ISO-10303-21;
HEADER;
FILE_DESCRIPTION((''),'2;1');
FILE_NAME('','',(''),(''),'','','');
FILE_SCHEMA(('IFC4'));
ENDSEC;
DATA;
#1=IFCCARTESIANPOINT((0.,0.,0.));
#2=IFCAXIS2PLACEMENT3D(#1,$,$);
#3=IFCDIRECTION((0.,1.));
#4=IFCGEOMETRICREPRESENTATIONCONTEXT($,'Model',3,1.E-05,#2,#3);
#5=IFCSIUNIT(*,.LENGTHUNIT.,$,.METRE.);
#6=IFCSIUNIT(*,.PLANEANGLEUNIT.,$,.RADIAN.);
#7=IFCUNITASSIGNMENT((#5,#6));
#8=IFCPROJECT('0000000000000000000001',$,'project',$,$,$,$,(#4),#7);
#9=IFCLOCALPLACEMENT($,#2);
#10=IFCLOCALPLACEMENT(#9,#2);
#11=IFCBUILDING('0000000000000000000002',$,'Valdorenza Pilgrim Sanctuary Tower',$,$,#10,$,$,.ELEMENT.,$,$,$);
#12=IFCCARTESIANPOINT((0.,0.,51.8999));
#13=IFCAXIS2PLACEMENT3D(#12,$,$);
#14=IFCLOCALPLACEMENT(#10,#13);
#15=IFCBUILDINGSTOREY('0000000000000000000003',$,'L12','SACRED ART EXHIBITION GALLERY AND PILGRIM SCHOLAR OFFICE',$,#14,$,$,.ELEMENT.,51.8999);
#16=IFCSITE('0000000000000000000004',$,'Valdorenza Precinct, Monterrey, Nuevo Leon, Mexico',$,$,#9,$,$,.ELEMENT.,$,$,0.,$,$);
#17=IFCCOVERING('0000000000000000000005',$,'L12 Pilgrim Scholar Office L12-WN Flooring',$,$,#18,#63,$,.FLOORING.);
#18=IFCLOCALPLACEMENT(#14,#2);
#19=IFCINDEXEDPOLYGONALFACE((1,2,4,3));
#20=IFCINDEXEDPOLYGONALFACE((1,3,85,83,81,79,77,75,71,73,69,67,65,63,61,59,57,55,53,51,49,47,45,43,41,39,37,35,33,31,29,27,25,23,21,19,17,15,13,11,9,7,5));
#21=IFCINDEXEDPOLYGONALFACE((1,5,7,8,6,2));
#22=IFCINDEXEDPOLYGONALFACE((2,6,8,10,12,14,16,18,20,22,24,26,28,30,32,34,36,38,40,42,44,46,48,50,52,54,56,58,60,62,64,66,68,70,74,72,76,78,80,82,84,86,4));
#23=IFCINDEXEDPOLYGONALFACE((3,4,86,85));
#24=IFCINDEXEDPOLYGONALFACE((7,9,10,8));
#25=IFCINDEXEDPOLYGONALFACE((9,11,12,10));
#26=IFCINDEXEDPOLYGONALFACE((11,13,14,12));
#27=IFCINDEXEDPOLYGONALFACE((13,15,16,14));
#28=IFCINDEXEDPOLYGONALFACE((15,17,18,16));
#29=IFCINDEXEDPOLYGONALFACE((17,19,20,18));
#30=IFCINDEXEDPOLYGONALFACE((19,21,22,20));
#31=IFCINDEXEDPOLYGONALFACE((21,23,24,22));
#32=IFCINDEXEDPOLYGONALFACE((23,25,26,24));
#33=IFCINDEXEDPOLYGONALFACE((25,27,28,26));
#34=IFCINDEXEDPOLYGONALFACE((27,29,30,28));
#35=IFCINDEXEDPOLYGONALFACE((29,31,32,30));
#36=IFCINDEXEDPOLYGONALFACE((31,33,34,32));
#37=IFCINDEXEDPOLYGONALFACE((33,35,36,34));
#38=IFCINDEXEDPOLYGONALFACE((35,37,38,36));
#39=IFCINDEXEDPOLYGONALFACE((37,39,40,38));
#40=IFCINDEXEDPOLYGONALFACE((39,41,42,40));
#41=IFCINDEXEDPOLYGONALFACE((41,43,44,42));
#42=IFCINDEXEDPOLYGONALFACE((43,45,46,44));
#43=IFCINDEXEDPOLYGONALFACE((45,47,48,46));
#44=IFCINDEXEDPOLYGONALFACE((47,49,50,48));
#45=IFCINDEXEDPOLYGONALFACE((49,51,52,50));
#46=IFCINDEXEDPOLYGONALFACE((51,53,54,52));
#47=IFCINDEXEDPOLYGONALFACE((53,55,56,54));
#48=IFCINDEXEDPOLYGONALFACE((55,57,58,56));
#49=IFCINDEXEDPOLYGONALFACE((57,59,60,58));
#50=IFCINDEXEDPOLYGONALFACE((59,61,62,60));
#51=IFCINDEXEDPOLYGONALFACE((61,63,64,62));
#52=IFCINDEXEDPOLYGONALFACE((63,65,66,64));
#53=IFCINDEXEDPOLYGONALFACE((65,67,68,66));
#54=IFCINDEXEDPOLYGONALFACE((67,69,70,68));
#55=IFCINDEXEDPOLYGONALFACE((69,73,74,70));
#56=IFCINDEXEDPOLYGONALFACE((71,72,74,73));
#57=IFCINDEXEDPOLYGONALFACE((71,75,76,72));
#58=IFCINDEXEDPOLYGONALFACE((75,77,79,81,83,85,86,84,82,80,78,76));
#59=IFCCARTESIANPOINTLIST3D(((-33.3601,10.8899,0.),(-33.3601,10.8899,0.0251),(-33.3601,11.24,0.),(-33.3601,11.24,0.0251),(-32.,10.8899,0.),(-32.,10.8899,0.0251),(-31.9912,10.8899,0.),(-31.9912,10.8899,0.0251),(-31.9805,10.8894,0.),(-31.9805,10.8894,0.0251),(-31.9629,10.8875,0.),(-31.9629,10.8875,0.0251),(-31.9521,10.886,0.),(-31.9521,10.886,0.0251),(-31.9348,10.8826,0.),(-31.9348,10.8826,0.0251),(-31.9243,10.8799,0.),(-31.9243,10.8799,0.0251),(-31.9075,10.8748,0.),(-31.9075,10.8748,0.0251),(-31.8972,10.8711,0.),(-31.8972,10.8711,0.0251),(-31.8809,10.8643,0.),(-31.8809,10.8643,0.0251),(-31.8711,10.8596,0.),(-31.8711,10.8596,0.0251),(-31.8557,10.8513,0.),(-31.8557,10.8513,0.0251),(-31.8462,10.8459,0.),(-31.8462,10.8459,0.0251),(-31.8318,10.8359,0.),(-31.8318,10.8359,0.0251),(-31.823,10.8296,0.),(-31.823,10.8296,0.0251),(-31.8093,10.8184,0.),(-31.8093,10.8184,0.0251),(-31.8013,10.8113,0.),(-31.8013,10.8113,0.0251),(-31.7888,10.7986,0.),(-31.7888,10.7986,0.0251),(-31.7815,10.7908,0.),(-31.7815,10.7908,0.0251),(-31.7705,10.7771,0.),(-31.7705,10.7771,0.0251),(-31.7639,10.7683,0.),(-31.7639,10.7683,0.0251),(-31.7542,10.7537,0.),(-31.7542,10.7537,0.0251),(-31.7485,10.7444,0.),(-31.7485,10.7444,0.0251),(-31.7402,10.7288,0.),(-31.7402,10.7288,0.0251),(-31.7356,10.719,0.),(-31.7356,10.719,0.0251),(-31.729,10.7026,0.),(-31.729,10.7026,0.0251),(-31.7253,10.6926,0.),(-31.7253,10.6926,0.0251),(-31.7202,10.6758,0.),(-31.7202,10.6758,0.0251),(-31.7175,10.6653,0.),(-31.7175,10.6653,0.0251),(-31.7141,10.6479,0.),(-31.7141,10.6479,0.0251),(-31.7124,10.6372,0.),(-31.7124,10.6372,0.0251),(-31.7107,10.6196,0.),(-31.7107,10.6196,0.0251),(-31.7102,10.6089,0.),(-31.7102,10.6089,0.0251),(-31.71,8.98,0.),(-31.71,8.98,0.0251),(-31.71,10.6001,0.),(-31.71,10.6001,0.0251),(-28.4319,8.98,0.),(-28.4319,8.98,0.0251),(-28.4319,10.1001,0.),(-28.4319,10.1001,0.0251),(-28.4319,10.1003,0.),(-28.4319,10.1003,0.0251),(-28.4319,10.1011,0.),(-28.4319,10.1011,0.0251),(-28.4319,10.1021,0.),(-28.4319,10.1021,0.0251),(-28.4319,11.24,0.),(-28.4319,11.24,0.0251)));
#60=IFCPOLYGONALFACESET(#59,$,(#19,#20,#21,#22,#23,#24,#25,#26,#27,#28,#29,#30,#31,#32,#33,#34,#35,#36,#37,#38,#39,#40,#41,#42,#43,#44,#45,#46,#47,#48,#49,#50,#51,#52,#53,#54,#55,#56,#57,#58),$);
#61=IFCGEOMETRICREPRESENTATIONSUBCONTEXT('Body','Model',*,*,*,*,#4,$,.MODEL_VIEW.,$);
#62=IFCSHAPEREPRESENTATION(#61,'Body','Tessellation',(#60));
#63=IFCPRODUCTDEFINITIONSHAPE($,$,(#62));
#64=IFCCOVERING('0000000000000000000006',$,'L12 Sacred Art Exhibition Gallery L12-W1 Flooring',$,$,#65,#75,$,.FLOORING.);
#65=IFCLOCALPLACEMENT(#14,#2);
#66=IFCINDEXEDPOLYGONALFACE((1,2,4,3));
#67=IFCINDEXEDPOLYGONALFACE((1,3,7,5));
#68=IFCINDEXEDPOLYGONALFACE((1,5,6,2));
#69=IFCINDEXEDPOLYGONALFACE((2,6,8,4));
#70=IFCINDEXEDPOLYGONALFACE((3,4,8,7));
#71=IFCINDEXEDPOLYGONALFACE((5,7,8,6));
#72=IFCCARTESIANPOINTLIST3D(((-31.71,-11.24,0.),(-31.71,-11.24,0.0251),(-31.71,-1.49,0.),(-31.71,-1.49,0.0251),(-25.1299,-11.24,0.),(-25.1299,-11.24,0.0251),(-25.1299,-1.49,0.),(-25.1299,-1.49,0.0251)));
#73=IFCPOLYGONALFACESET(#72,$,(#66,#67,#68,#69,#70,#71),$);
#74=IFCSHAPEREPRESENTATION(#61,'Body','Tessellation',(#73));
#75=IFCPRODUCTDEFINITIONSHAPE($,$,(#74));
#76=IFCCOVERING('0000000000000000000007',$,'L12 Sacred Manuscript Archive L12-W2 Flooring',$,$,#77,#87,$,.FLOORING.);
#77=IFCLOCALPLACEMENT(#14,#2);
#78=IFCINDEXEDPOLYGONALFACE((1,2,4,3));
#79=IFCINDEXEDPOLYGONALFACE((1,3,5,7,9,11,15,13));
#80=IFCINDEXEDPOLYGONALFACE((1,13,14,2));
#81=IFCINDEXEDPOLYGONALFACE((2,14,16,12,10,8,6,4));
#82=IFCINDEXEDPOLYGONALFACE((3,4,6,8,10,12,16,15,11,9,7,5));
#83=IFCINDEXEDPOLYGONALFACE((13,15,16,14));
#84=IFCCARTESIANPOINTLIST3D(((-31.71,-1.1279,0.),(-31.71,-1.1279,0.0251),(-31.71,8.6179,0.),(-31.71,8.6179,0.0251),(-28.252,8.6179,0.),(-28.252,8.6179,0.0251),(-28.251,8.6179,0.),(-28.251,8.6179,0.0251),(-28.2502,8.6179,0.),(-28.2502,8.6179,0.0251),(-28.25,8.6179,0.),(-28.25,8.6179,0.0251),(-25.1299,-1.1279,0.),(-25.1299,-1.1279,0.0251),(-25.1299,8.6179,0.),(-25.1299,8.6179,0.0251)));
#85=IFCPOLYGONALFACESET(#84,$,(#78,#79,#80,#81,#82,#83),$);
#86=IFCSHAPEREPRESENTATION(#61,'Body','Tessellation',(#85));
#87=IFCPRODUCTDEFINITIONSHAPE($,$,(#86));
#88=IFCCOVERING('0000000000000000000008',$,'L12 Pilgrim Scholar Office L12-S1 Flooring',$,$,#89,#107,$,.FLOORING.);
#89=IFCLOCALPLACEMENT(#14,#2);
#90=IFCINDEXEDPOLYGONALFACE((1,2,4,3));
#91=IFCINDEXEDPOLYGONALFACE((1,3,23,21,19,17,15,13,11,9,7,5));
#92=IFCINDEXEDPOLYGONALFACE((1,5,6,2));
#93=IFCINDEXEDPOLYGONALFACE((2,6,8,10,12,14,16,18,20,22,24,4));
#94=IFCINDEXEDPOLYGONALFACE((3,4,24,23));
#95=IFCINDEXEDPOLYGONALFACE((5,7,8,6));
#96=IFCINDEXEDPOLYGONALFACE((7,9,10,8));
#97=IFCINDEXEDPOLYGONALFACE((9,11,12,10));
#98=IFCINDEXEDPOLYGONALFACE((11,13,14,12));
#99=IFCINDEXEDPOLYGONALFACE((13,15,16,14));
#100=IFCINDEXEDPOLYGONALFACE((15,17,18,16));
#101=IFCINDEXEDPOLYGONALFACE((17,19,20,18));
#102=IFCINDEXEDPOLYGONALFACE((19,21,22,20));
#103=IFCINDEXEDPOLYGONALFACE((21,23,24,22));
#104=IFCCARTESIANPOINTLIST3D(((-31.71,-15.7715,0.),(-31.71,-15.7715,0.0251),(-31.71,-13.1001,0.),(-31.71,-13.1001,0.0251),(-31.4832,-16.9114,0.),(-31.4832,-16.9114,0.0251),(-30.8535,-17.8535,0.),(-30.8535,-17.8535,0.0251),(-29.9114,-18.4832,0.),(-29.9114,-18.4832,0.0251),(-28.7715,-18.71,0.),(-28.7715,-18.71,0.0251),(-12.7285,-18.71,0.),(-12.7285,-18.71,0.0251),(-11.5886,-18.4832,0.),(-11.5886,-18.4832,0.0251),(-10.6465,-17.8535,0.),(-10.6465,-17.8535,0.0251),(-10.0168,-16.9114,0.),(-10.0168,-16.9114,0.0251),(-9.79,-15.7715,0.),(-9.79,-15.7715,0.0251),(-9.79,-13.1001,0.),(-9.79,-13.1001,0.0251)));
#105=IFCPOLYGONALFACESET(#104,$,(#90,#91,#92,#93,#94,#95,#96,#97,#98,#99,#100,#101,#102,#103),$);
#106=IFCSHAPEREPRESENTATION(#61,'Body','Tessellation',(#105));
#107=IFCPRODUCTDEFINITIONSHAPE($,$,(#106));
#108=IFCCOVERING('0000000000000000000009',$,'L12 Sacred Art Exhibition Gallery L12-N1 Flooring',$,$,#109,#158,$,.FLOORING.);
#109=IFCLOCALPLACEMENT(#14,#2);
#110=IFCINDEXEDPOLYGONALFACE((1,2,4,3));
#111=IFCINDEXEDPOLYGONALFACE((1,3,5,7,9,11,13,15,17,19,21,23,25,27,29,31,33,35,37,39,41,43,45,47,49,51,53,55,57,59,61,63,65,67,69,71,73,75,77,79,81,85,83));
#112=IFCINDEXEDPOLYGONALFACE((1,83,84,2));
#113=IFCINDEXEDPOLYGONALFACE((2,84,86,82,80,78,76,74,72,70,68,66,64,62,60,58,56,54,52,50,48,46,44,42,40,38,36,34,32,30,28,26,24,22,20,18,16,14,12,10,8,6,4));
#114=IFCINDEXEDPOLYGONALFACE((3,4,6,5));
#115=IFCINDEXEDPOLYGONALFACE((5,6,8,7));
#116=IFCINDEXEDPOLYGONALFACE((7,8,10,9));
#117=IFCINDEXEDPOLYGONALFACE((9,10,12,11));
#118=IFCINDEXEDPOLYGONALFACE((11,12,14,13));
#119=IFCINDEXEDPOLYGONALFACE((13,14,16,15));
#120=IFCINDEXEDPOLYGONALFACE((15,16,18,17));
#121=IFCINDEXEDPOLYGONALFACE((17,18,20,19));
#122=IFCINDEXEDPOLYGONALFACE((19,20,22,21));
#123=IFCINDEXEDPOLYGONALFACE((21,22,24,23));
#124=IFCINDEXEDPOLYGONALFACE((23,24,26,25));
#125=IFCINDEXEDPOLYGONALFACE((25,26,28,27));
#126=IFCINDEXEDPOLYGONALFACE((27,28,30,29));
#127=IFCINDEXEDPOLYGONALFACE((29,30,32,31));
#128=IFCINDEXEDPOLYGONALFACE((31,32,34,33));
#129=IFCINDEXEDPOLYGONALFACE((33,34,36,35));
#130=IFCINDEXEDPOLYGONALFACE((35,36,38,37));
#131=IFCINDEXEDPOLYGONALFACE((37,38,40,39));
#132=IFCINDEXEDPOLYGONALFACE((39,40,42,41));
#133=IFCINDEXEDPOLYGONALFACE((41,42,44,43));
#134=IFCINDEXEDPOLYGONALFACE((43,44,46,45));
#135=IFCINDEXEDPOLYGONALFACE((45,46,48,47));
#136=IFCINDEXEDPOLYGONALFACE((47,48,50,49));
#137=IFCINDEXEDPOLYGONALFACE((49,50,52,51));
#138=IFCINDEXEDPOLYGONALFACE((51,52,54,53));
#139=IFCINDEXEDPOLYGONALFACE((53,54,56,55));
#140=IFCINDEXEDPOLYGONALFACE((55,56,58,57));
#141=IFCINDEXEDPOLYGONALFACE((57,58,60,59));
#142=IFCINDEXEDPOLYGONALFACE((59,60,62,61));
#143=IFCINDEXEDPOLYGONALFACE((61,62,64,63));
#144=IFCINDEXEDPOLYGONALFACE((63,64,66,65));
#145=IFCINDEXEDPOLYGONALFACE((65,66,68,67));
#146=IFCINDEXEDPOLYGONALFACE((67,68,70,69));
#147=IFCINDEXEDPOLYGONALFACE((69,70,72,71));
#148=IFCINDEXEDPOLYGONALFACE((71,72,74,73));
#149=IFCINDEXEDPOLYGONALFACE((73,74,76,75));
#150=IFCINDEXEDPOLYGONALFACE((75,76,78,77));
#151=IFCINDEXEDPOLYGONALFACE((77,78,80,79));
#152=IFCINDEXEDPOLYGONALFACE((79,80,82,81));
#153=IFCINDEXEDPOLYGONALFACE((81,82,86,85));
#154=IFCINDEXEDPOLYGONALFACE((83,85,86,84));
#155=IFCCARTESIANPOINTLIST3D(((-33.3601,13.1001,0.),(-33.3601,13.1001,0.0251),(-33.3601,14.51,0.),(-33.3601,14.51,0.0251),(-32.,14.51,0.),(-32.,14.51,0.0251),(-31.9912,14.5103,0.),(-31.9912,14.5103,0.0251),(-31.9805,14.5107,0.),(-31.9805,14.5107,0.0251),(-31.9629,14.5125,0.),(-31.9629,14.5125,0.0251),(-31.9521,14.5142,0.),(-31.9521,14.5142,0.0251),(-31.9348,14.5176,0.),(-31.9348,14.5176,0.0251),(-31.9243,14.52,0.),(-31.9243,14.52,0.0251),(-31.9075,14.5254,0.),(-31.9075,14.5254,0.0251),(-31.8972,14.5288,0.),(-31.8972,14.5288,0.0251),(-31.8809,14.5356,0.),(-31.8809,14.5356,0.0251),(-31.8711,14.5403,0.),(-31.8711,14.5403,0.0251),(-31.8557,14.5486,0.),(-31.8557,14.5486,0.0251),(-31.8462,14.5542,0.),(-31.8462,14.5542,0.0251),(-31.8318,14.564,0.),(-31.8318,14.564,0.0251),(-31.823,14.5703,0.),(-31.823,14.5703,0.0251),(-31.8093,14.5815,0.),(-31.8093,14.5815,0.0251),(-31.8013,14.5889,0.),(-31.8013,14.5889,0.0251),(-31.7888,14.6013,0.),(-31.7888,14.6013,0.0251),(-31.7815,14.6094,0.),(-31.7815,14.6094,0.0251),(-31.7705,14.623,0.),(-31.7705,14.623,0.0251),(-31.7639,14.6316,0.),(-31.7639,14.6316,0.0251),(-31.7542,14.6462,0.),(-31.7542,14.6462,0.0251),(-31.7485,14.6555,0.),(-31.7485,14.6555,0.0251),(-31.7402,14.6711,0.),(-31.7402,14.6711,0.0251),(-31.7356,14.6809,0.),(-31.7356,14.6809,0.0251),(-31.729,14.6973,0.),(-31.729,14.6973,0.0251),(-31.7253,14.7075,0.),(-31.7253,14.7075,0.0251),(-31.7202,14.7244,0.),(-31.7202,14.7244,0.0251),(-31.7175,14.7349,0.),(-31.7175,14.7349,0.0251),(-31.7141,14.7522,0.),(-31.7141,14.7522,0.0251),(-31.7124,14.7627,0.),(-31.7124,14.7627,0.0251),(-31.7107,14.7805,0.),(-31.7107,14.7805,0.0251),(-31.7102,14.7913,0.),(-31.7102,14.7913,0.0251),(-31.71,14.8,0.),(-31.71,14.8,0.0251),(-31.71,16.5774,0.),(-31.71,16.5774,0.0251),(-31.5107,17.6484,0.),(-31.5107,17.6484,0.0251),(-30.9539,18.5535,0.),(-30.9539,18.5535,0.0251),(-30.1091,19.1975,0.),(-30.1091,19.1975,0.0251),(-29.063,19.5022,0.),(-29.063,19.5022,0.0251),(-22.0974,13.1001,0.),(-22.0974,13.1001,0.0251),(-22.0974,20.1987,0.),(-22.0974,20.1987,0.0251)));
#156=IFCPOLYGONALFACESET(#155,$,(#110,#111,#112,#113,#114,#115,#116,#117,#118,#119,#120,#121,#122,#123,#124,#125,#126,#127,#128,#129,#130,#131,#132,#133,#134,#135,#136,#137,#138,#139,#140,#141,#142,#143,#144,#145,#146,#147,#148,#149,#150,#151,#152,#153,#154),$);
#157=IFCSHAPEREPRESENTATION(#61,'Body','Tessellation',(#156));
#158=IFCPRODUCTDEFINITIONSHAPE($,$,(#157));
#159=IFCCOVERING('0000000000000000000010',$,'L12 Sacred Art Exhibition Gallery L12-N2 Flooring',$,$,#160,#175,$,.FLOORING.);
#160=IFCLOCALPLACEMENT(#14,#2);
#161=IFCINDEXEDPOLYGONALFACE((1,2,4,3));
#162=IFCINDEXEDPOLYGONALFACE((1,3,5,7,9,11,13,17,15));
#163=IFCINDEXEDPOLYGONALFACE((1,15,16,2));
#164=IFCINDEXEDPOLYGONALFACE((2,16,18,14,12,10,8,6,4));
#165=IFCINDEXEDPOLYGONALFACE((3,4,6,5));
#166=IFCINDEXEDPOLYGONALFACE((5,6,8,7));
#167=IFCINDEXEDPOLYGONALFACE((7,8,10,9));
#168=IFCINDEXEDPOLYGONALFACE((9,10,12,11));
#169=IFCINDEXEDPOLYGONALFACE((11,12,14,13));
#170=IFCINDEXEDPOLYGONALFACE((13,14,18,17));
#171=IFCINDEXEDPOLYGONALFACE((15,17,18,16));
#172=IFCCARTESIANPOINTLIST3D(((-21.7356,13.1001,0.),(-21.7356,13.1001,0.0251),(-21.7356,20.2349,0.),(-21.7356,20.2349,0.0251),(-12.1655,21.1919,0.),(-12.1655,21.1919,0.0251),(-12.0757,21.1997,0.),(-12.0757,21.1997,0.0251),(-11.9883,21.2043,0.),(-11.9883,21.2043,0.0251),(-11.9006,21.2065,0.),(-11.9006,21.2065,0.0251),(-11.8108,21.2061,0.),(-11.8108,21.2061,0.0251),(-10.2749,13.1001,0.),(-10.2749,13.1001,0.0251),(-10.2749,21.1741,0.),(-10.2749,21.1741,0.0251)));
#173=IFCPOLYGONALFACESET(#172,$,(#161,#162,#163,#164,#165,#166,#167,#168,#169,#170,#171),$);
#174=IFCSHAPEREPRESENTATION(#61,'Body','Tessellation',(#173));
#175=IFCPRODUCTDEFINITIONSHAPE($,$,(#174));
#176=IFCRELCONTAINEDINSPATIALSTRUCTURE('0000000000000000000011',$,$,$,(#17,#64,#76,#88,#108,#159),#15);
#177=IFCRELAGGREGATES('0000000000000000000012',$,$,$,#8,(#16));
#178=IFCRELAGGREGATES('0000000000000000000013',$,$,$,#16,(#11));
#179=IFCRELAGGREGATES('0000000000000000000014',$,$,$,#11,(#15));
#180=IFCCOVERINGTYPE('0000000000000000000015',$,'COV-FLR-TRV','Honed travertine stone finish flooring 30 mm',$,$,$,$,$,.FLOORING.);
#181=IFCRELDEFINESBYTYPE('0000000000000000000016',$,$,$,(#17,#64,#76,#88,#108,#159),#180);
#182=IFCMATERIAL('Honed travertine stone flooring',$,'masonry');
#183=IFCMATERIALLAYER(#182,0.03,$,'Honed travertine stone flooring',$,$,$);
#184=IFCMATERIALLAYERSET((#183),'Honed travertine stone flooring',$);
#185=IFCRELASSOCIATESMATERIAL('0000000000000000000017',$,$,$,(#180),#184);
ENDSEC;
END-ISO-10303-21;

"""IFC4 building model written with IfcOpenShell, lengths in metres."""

from ifc_helpers import new_model, si_unit, direction, frame, origin, place, context, subcontext, project, spatial, polyline, outline, extrude, material, layer, layer_set, type_object, element, save


model = new_model("IFC4")

# Units and contexts
model_context = context("Model", 3, precision=1e-05, world=origin(), true_north=direction((0.0, 1.0)))
body_context = subcontext(model_context, "Body", "Model", "MODEL_VIEW")
ifc_project = project(units=[si_unit("LENGTHUNIT", "METRE"), si_unit("PLANEANGLEUNIT", "RADIAN")], contexts=[model_context])

# Site, building, storey
site_placement = place(None, origin())
site = spatial("IfcSite", under=ifc_project, at=site_placement, Name="Valdorenza Precinct, Monterrey, Nuevo Leon, Mexico", CompositionType="ELEMENT", RefElevation=0.0)
building_placement = place(site_placement, origin())
building = spatial("IfcBuilding", under=site, at=building_placement, Name="Valdorenza Pilgrim Sanctuary Tower", CompositionType="ELEMENT")
storey_placement = place(building_placement, frame((0.0, 0.0, 51.8999)))
storey = spatial("IfcBuildingStorey", under=building, at=storey_placement, Name="L12", Description="SACRED ART EXHIBITION GALLERY AND PILGRIM SCHOLAR OFFICE", CompositionType="ELEMENT", Elevation=51.8999)

# Coverings
ifc_material_1 = material(Name="Honed travertine stone flooring", Category="masonry")
ifc_layer_1 = layer(ifc_material_1, 0.03, Name="Honed travertine stone flooring")
ifc_layer_set_1 = layer_set([ifc_layer_1], Name="Honed travertine stone flooring")
covering_type_1 = type_object("IfcCoveringType", Name="COV-FLR-TRV", Description="Honed travertine stone finish flooring 30 mm", PredefinedType="FLOORING", material=ifc_layer_set_1)
covering_1_placement = place(storey_placement, origin())
element("IfcCovering", 1, at=covering_1_placement, inside=storey, type_object=covering_type_1, Name="L12 Pilgrim Scholar Office L12-WN Flooring", PredefinedType="FLOORING", context=body_context, shape_type="SweptSolid", body=[
    extrude(outline(polyline([(-28.4319, 11.24), (-28.4319, 10.1021), (-28.4319, 10.1011), (-28.4319, 10.1003), (-28.4319, 10.1001), (-28.4319, 8.98), (-31.71, 8.98), (-31.71, 10.6001), (-31.7102, 10.6089), (-31.7107, 10.6196), (-31.7124, 10.6372), (-31.7141, 10.6479), (-31.7175, 10.6653), (-31.7202, 10.6758), (-31.7253, 10.6926), (-31.729, 10.7026), (-31.7356, 10.719), (-31.7402, 10.7288), (-31.7485, 10.7444), (-31.7542, 10.7537), (-31.7639, 10.7683), (-31.7705, 10.7771), (-31.7815, 10.7908), (-31.7888, 10.7986), (-31.8013, 10.8113), (-31.8093, 10.8184), (-31.823, 10.8296), (-31.8318, 10.8359), (-31.8462, 10.8459), (-31.8557, 10.8513), (-31.8711, 10.8596), (-31.8809, 10.8643), (-31.8972, 10.8711), (-31.9075, 10.8748), (-31.9243, 10.8799), (-31.9348, 10.8826), (-31.9521, 10.886), (-31.9629, 10.8875), (-31.9805, 10.8894), (-31.9912, 10.8899), (-32.0, 10.8899), (-33.3601, 10.8899), (-33.3601, 11.24), (-28.4319, 11.24)])), origin(), (0.0, 0.0, 1.0), 0.0251),
])
covering_2_placement = place(storey_placement, origin())
element("IfcCovering", 2, at=covering_2_placement, inside=storey, type_object=covering_type_1, Name="L12 Sacred Art Exhibition Gallery L12-W1 Flooring", PredefinedType="FLOORING", context=body_context, shape_type="SweptSolid", body=[
    extrude(outline(polyline([(-25.1299, -11.24), (-31.71, -11.24), (-31.71, -1.49), (-25.1299, -1.49), (-25.1299, -11.24)])), origin(), (0.0, 0.0, 1.0), 0.0251),
])
covering_3_placement = place(storey_placement, origin())
element("IfcCovering", 3, at=covering_3_placement, inside=storey, type_object=covering_type_1, Name="L12 Sacred Manuscript Archive L12-W2 Flooring", PredefinedType="FLOORING", context=body_context, shape_type="SweptSolid", body=[
    extrude(outline(polyline([(-28.2502, 8.6179), (-28.25, 8.6179), (-25.1299, 8.6179), (-25.1299, -1.1279), (-31.71, -1.1279), (-31.71, 8.6179), (-28.252, 8.6179), (-28.251, 8.6179), (-28.2502, 8.6179)])), origin(), (0.0, 0.0, 1.0), 0.0251),
])
covering_4_placement = place(storey_placement, origin())
element("IfcCovering", 4, at=covering_4_placement, inside=storey, type_object=covering_type_1, Name="L12 Pilgrim Scholar Office L12-S1 Flooring", PredefinedType="FLOORING", context=body_context, shape_type="SweptSolid", body=[
    extrude(outline(polyline([(-9.79, -15.7715), (-10.0168, -16.9114), (-10.6465, -17.8535), (-11.5886, -18.4832), (-12.7285, -18.71), (-28.7715, -18.71), (-29.9114, -18.4832), (-30.8535, -17.8535), (-31.4832, -16.9114), (-31.71, -15.7715), (-31.71, -13.1001), (-9.79, -13.1001), (-9.79, -15.7715)])), origin(), (0.0, 0.0, 1.0), 0.0251),
])
covering_5_placement = place(storey_placement, origin())
element("IfcCovering", 5, at=covering_5_placement, inside=storey, type_object=covering_type_1, Name="L12 Sacred Art Exhibition Gallery L12-N1 Flooring", PredefinedType="FLOORING", context=body_context, shape_type="SweptSolid", body=[
    extrude(outline(polyline([(-33.3601, 13.1001), (-33.3601, 14.51), (-32.0, 14.51), (-31.9912, 14.5103), (-31.9805, 14.5107), (-31.9629, 14.5125), (-31.9521, 14.5142), (-31.9348, 14.5176), (-31.9243, 14.52), (-31.9075, 14.5254), (-31.8972, 14.5288), (-31.8809, 14.5356), (-31.8711, 14.5403), (-31.8557, 14.5486), (-31.8462, 14.5542), (-31.8318, 14.564), (-31.823, 14.5703), (-31.8093, 14.5815), (-31.8013, 14.5889), (-31.7888, 14.6013), (-31.7815, 14.6094), (-31.7705, 14.623), (-31.7639, 14.6316), (-31.7542, 14.6462), (-31.7485, 14.6555), (-31.7402, 14.6711), (-31.7356, 14.6809), (-31.729, 14.6973), (-31.7253, 14.7075), (-31.7202, 14.7244), (-31.7175, 14.7349), (-31.7141, 14.7522), (-31.7124, 14.7627), (-31.7107, 14.7805), (-31.7102, 14.7913), (-31.71, 14.8), (-31.71, 16.5774), (-31.5107, 17.6484), (-30.9539, 18.5535), (-30.1091, 19.1975), (-29.063, 19.5022), (-22.0974, 20.1987), (-22.0974, 13.1001), (-33.3601, 13.1001)])), origin(), (0.0, 0.0, 1.0), 0.0251),
])
covering_6_placement = place(storey_placement, origin())
element("IfcCovering", 6, at=covering_6_placement, inside=storey, type_object=covering_type_1, Name="L12 Sacred Art Exhibition Gallery L12-N2 Flooring", PredefinedType="FLOORING", context=body_context, shape_type="SweptSolid", body=[
    extrude(outline(polyline([(-21.7356, 13.1001), (-21.7356, 20.2349), (-12.1655, 21.1919), (-12.0757, 21.1997), (-11.9883, 21.2043), (-11.9006, 21.2065), (-11.8108, 21.2061), (-10.2749, 21.1741), (-10.2749, 13.1001), (-21.7356, 13.1001)])), origin(), (0.0, 0.0, 1.0), 0.0251),
])

save(model, "model.ifc")
